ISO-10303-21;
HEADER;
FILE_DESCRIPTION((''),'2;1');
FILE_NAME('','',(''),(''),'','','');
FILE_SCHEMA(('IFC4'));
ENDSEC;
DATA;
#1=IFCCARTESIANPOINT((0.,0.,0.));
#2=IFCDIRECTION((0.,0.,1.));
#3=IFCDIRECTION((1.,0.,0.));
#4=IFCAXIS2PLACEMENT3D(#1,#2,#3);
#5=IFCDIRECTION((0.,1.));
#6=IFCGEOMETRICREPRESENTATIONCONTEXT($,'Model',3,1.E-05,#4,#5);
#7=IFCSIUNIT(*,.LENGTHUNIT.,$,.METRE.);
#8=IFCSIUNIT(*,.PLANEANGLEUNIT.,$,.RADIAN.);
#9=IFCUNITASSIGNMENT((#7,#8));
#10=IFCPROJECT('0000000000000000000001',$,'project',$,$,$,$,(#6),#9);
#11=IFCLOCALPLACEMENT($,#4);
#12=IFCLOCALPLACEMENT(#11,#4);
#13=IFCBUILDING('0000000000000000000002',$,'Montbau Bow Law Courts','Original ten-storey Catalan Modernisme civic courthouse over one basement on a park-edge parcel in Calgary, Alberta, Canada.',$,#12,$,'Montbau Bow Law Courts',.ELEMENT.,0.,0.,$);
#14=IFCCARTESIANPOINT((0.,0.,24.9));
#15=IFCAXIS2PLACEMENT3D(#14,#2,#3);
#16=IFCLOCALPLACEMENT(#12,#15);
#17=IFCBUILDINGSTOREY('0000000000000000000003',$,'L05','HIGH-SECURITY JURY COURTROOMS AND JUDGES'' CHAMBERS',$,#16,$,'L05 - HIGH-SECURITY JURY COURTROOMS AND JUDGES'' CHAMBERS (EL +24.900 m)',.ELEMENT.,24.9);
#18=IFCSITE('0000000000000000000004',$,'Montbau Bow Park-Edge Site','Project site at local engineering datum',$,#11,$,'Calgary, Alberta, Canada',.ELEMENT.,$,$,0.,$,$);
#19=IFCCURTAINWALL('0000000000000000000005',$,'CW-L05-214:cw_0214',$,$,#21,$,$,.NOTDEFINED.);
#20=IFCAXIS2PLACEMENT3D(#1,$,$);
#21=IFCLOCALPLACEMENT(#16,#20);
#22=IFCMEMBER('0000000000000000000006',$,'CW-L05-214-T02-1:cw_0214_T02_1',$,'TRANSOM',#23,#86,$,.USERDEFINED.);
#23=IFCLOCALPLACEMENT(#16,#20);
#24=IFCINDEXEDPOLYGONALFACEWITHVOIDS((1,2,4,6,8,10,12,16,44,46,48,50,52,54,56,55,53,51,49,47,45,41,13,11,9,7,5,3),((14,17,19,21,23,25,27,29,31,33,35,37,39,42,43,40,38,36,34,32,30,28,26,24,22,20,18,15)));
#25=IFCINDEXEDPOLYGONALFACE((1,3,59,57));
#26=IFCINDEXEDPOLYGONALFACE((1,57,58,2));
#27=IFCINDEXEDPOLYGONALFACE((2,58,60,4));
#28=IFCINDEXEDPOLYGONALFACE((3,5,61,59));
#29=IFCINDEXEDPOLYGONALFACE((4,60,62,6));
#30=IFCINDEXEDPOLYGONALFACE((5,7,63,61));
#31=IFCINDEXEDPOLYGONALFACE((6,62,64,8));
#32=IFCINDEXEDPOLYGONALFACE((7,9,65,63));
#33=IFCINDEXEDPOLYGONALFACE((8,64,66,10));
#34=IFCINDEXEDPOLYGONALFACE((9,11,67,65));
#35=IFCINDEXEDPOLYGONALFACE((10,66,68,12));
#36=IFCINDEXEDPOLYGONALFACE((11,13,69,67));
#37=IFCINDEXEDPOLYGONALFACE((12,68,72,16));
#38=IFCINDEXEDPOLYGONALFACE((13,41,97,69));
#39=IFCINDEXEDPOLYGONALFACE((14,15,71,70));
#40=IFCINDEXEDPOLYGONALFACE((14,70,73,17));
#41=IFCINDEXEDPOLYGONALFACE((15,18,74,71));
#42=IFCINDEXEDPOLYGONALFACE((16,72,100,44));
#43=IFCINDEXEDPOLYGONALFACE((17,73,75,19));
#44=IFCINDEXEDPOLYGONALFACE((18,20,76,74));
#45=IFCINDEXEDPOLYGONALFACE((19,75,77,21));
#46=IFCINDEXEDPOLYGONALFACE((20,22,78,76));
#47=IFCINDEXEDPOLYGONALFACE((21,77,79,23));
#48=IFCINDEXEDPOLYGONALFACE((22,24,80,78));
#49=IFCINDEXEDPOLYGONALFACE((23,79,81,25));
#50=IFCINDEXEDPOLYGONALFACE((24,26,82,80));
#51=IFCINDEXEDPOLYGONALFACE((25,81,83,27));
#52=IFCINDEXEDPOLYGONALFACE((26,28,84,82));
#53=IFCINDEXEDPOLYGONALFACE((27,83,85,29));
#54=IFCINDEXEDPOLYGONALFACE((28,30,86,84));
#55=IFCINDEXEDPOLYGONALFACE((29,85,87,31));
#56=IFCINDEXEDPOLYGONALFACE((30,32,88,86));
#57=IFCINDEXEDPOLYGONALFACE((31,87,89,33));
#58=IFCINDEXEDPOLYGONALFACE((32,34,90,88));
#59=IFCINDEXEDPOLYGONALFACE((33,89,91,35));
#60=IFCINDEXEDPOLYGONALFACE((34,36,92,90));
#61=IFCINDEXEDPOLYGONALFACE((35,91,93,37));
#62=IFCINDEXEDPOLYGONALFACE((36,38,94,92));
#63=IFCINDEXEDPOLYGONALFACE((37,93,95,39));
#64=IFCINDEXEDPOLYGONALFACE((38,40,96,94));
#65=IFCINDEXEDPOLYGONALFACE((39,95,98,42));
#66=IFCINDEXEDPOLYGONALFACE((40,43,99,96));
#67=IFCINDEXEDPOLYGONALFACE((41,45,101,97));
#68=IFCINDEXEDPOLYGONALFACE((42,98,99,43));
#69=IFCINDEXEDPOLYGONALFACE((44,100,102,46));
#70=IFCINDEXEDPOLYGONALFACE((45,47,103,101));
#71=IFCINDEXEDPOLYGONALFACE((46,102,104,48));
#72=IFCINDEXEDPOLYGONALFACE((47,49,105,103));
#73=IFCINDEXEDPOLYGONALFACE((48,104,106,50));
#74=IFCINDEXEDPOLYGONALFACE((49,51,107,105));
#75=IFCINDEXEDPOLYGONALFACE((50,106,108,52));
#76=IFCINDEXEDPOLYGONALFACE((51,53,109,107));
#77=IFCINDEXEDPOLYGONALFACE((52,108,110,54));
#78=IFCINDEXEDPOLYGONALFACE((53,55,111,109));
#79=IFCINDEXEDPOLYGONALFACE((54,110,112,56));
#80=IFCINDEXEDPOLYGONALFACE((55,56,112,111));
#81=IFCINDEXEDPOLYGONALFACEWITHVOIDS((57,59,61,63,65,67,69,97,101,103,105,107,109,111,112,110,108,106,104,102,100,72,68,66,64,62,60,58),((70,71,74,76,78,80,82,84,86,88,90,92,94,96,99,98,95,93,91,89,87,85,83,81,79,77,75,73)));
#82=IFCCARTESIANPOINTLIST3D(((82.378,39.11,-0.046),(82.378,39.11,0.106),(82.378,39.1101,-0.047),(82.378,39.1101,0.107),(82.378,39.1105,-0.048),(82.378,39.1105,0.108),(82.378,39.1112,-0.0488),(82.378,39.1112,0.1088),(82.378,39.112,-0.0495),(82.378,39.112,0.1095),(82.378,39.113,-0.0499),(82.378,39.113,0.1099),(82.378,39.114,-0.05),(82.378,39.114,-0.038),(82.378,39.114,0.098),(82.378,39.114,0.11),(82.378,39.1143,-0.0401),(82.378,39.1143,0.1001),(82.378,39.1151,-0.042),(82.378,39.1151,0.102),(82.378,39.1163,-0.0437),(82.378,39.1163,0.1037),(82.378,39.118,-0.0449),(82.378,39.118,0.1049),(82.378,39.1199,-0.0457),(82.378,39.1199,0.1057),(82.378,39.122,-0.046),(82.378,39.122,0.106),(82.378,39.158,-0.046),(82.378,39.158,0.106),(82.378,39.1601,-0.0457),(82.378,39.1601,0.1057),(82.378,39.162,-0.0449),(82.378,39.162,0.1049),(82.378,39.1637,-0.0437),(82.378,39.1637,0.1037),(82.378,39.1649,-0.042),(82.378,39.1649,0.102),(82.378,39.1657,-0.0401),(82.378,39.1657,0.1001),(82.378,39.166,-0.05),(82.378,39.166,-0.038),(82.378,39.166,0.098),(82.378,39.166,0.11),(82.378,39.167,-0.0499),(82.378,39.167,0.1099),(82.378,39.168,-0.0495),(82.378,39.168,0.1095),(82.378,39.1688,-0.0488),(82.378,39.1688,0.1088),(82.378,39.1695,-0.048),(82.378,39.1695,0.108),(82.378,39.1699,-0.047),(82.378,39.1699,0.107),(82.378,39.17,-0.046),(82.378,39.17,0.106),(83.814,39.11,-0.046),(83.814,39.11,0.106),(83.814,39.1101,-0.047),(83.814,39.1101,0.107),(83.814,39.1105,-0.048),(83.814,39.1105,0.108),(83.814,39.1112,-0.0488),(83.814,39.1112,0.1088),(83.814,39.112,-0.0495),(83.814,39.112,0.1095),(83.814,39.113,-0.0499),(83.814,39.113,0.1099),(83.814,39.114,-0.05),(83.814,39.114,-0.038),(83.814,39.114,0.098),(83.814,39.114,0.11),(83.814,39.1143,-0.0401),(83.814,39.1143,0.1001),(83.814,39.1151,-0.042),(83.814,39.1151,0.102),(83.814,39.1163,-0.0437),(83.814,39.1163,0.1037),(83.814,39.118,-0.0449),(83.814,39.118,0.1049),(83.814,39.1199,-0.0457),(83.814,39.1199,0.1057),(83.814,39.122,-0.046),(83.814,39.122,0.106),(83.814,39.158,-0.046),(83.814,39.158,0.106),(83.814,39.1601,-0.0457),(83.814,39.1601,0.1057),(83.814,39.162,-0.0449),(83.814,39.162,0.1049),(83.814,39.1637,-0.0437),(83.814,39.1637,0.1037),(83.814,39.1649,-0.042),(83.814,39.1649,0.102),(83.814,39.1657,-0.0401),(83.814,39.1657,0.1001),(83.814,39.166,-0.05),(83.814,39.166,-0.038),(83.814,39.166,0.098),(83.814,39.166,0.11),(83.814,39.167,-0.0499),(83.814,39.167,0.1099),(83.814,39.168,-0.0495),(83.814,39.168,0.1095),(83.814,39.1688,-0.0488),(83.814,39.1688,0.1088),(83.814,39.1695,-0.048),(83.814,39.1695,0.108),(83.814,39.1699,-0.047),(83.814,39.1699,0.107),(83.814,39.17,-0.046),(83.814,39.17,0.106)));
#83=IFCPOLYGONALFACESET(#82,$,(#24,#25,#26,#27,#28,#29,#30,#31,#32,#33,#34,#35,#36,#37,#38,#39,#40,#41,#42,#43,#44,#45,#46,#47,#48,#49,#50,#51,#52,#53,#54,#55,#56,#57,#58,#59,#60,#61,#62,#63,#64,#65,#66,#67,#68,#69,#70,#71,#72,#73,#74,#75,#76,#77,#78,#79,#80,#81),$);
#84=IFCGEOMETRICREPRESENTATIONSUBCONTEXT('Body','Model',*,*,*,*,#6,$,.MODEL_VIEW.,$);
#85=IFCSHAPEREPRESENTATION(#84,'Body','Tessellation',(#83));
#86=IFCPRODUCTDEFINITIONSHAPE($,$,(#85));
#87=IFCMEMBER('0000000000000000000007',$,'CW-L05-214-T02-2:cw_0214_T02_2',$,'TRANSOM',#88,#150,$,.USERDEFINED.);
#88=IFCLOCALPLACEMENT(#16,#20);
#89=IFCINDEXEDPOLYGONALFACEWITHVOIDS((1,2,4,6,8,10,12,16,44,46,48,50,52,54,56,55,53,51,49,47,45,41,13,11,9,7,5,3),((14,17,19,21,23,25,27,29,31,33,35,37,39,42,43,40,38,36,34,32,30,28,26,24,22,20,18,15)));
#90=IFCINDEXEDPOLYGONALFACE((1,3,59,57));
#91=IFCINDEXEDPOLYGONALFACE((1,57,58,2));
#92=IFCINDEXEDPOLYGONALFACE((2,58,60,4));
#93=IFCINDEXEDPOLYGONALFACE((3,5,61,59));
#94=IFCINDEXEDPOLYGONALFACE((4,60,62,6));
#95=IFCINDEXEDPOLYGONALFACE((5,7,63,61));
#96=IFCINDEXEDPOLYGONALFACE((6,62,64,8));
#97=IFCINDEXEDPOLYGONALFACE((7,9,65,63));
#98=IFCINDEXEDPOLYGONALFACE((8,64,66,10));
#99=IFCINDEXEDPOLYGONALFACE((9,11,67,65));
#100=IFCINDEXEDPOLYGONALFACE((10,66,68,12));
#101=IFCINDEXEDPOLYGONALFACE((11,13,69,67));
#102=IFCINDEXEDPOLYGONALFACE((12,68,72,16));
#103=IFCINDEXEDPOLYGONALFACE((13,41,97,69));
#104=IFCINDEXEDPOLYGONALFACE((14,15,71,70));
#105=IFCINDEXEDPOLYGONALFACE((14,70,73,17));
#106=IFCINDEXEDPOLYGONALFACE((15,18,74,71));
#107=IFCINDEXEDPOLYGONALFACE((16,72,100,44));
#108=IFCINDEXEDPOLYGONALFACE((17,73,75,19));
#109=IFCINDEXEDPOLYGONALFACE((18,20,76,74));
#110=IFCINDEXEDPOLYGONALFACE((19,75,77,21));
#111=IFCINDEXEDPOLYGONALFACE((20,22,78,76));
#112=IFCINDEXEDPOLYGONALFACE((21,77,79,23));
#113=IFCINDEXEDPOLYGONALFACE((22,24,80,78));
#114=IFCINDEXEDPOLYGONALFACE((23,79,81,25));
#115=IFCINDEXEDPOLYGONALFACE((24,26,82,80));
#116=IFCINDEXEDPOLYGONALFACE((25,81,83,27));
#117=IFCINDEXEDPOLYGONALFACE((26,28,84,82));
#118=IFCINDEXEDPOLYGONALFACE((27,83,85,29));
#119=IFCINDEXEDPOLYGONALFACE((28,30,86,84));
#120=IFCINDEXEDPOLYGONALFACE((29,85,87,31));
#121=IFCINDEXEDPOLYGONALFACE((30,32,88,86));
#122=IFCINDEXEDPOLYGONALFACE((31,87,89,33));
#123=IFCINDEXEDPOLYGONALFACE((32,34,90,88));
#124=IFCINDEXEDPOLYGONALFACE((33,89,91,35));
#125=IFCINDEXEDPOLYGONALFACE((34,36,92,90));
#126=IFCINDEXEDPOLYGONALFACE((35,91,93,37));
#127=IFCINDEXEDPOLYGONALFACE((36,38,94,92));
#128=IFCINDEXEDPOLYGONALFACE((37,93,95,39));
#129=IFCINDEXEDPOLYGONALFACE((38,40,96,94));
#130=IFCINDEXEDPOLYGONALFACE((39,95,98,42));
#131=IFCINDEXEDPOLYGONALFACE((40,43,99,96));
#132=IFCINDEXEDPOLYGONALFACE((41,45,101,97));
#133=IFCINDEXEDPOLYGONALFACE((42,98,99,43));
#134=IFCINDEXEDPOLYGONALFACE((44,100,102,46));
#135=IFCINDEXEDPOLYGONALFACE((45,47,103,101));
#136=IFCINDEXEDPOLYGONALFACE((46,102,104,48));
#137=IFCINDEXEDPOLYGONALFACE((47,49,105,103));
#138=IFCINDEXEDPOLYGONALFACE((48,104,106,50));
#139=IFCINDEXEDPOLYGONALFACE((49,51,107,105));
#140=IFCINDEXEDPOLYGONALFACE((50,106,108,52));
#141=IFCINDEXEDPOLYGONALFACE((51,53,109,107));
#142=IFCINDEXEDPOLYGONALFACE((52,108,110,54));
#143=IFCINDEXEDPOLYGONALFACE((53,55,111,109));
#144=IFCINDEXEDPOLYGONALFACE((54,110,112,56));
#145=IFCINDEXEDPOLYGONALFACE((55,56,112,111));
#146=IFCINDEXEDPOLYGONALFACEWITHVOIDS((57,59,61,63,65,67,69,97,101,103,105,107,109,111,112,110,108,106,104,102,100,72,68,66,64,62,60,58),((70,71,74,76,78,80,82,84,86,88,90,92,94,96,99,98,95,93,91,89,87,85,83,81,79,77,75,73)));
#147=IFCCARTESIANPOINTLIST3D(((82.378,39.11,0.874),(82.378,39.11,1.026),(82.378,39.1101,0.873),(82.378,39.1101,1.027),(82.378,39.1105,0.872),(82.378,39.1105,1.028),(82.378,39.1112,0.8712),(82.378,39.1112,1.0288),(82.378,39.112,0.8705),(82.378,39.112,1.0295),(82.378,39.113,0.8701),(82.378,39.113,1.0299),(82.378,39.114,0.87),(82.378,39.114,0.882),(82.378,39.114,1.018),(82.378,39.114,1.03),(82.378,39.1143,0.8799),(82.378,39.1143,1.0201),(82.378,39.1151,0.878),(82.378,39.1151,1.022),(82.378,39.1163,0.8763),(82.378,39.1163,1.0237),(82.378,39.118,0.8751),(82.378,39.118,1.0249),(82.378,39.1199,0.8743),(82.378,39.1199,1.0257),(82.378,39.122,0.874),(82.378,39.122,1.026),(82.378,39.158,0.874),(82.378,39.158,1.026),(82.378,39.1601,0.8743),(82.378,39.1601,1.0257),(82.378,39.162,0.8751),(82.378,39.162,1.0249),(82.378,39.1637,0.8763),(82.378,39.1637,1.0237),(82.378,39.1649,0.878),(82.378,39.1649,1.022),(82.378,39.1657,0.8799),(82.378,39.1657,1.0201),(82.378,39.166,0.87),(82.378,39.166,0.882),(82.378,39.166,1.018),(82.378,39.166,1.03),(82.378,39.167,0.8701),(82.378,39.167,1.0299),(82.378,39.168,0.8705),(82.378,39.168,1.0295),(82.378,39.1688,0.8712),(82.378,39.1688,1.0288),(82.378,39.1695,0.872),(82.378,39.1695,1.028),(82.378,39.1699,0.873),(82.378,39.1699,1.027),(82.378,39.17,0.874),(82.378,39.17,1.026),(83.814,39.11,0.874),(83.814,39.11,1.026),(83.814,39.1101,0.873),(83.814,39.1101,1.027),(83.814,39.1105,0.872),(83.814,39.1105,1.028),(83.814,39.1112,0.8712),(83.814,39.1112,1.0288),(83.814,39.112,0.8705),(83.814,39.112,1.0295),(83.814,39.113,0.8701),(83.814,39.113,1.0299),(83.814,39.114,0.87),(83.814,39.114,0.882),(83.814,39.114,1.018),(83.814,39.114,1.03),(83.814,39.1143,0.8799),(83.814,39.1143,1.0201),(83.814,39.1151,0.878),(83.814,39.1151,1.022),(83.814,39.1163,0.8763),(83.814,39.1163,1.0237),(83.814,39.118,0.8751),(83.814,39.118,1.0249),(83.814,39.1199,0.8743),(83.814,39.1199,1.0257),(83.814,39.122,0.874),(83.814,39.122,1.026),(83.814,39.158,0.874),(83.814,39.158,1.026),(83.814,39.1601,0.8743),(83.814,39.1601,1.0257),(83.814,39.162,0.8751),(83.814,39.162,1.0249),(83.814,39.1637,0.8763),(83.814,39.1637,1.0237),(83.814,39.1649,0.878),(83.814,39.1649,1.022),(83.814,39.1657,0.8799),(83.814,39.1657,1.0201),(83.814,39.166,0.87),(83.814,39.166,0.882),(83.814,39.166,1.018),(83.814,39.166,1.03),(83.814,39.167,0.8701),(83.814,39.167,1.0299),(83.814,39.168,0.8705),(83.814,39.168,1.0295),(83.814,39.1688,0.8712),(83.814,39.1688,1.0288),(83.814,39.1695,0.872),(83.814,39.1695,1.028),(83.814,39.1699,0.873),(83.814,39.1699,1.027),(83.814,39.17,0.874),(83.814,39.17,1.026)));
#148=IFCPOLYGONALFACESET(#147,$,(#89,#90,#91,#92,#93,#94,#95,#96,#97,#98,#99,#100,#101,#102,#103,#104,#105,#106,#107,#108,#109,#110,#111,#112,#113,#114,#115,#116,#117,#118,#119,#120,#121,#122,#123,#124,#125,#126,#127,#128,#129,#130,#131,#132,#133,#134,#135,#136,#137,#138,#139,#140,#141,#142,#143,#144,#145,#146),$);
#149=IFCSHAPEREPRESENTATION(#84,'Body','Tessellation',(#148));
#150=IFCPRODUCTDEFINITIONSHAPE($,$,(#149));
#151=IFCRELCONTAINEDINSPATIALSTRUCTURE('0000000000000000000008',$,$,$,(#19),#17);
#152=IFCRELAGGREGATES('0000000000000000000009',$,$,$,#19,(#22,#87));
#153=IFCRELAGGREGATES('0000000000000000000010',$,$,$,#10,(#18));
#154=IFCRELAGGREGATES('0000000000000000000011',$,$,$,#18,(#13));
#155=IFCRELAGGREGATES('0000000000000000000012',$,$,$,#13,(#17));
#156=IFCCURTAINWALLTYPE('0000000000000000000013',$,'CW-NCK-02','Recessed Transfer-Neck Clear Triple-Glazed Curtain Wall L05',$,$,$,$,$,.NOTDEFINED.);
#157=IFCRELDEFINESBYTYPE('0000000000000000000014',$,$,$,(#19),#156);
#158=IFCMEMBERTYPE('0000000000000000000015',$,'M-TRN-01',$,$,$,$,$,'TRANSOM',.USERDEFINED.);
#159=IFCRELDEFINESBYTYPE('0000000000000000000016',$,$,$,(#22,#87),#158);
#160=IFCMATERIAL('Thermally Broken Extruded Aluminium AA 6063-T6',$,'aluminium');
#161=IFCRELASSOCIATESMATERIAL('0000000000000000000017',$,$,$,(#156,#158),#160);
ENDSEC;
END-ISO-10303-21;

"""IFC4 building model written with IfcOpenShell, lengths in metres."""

from ifc_helpers import new_model, si_unit, direction, frame, origin_with_axes, origin_2d_with_axis, place, context, subcontext, project, spatial, hollow_rectangle, extrude, material, material_profile, profile_set, type_object, element, aggregate, save


model = new_model("IFC4")

# Units and contexts
model_context = context("Model", 3, precision=1e-05, world=origin_with_axes(), true_north=direction((0.0, 1.0)))
body_context = subcontext(model_context, "Body", "Model", "MODEL_VIEW")
ifc_project = project(units=[si_unit("LENGTHUNIT", "METRE"), si_unit("PLANEANGLEUNIT", "RADIAN")], contexts=[model_context])

# Site, building, storey
site_placement = place(None, origin_with_axes())
site = spatial("IfcSite", under=ifc_project, at=site_placement, Name="Montbau Bow Park-Edge Site", Description="Project site at local engineering datum", LongName="Calgary, Alberta, Canada", CompositionType="ELEMENT", RefElevation=0.0)
building_placement = place(site_placement, origin_with_axes())
building = spatial("IfcBuilding", under=site, at=building_placement, Name="Montbau Bow Law Courts", Description="Original ten-storey Catalan Modernisme civic courthouse over one basement on a park-edge parcel in Calgary, Alberta, Canada.", LongName="Montbau Bow Law Courts", CompositionType="ELEMENT", ElevationOfRefHeight=0.0, ElevationOfTerrain=0.0)
storey_placement = place(building_placement, frame((0.0, 0.0, 24.9), z_axis=(0.0, 0.0, 1.0), x_axis=(1.0, 0.0, 0.0)))
storey = spatial("IfcBuildingStorey", under=building, at=storey_placement, Name="L05", Description="HIGH-SECURITY JURY COURTROOMS AND JUDGES' CHAMBERS", LongName="L05 - HIGH-SECURITY JURY COURTROOMS AND JUDGES' CHAMBERS (EL +24.900 m)", CompositionType="ELEMENT", Elevation=24.9)

# Curtain wall, members
ifc_material_1 = material(Name="Thermally Broken Extruded Aluminium AA 6063-T6", Category="aluminium")
curtain_wall_type = type_object("IfcCurtainWallType", Name="CW-NCK-02", Description="Recessed Transfer-Neck Clear Triple-Glazed Curtain Wall L05", PredefinedType="NOTDEFINED", material=ifc_material_1)
curtain_wall_placement = place(None, frame((80.84, 39.14, 24.9), z_axis=(0.0, 0.0, 1.0), x_axis=(1.0, 0.0, 0.0)))
curtain_wall = element("IfcCurtainWall", 1, at=curtain_wall_placement, inside=storey, type_object=curtain_wall_type, Name="CW-L05-214:cw_0214", PredefinedType="NOTDEFINED")
ifc_material_profile_1 = material_profile(ifc_material_1, hollow_rectangle(XDim=0.06, YDim=0.16, WallThickness=0.004, InnerFilletRadius=0.008, OuterFilletRadius=0.004, at=origin_2d_with_axis()), Name="CWT-160X60", Category="Main", Priority=0)
ifc_profile_set_1 = profile_set([ifc_material_profile_1], Name="Thermally Broken Extruded Aluminium AA 6063-T6")
member_type_1 = type_object("IfcMemberType", Name="M-TRN-01", ElementType="TRANSOM", PredefinedType="USERDEFINED", material=ifc_profile_set_1)
member_1_placement = place(None, frame((82.378, 39.14, 24.93), z_axis=(1.0, 0.0, 0.0), x_axis=(0.0, 1.0, 0.0)))
member_1 = element("IfcMember", 2, at=member_1_placement, type_object=member_type_1, Name="CW-L05-214-T02-1:cw_0214_T02_1", ObjectType="TRANSOM", PredefinedType="USERDEFINED", context=body_context, shape_type="SweptSolid", body=[
    extrude(hollow_rectangle(XDim=0.06, YDim=0.16, WallThickness=0.004, InnerFilletRadius=0.008, OuterFilletRadius=0.004, at=origin_2d_with_axis()), origin_with_axes(), (0.0, 0.0, 1.0), 1.436),
])
member_2_placement = place(None, frame((82.378, 39.14, 25.85), z_axis=(1.0, 0.0, 0.0), x_axis=(0.0, 1.0, 0.0)))
member_2 = element("IfcMember", 3, at=member_2_placement, type_object=member_type_1, Name="CW-L05-214-T02-2:cw_0214_T02_2", ObjectType="TRANSOM", PredefinedType="USERDEFINED", context=body_context, shape_type="SweptSolid", body=[
    extrude(hollow_rectangle(XDim=0.06, YDim=0.16, WallThickness=0.004, InnerFilletRadius=0.008, OuterFilletRadius=0.004, at=origin_2d_with_axis()), origin_with_axes(), (0.0, 0.0, 1.0), 1.436),
])
aggregate(curtain_wall, [member_1, member_2])

save(model, "model.ifc")
